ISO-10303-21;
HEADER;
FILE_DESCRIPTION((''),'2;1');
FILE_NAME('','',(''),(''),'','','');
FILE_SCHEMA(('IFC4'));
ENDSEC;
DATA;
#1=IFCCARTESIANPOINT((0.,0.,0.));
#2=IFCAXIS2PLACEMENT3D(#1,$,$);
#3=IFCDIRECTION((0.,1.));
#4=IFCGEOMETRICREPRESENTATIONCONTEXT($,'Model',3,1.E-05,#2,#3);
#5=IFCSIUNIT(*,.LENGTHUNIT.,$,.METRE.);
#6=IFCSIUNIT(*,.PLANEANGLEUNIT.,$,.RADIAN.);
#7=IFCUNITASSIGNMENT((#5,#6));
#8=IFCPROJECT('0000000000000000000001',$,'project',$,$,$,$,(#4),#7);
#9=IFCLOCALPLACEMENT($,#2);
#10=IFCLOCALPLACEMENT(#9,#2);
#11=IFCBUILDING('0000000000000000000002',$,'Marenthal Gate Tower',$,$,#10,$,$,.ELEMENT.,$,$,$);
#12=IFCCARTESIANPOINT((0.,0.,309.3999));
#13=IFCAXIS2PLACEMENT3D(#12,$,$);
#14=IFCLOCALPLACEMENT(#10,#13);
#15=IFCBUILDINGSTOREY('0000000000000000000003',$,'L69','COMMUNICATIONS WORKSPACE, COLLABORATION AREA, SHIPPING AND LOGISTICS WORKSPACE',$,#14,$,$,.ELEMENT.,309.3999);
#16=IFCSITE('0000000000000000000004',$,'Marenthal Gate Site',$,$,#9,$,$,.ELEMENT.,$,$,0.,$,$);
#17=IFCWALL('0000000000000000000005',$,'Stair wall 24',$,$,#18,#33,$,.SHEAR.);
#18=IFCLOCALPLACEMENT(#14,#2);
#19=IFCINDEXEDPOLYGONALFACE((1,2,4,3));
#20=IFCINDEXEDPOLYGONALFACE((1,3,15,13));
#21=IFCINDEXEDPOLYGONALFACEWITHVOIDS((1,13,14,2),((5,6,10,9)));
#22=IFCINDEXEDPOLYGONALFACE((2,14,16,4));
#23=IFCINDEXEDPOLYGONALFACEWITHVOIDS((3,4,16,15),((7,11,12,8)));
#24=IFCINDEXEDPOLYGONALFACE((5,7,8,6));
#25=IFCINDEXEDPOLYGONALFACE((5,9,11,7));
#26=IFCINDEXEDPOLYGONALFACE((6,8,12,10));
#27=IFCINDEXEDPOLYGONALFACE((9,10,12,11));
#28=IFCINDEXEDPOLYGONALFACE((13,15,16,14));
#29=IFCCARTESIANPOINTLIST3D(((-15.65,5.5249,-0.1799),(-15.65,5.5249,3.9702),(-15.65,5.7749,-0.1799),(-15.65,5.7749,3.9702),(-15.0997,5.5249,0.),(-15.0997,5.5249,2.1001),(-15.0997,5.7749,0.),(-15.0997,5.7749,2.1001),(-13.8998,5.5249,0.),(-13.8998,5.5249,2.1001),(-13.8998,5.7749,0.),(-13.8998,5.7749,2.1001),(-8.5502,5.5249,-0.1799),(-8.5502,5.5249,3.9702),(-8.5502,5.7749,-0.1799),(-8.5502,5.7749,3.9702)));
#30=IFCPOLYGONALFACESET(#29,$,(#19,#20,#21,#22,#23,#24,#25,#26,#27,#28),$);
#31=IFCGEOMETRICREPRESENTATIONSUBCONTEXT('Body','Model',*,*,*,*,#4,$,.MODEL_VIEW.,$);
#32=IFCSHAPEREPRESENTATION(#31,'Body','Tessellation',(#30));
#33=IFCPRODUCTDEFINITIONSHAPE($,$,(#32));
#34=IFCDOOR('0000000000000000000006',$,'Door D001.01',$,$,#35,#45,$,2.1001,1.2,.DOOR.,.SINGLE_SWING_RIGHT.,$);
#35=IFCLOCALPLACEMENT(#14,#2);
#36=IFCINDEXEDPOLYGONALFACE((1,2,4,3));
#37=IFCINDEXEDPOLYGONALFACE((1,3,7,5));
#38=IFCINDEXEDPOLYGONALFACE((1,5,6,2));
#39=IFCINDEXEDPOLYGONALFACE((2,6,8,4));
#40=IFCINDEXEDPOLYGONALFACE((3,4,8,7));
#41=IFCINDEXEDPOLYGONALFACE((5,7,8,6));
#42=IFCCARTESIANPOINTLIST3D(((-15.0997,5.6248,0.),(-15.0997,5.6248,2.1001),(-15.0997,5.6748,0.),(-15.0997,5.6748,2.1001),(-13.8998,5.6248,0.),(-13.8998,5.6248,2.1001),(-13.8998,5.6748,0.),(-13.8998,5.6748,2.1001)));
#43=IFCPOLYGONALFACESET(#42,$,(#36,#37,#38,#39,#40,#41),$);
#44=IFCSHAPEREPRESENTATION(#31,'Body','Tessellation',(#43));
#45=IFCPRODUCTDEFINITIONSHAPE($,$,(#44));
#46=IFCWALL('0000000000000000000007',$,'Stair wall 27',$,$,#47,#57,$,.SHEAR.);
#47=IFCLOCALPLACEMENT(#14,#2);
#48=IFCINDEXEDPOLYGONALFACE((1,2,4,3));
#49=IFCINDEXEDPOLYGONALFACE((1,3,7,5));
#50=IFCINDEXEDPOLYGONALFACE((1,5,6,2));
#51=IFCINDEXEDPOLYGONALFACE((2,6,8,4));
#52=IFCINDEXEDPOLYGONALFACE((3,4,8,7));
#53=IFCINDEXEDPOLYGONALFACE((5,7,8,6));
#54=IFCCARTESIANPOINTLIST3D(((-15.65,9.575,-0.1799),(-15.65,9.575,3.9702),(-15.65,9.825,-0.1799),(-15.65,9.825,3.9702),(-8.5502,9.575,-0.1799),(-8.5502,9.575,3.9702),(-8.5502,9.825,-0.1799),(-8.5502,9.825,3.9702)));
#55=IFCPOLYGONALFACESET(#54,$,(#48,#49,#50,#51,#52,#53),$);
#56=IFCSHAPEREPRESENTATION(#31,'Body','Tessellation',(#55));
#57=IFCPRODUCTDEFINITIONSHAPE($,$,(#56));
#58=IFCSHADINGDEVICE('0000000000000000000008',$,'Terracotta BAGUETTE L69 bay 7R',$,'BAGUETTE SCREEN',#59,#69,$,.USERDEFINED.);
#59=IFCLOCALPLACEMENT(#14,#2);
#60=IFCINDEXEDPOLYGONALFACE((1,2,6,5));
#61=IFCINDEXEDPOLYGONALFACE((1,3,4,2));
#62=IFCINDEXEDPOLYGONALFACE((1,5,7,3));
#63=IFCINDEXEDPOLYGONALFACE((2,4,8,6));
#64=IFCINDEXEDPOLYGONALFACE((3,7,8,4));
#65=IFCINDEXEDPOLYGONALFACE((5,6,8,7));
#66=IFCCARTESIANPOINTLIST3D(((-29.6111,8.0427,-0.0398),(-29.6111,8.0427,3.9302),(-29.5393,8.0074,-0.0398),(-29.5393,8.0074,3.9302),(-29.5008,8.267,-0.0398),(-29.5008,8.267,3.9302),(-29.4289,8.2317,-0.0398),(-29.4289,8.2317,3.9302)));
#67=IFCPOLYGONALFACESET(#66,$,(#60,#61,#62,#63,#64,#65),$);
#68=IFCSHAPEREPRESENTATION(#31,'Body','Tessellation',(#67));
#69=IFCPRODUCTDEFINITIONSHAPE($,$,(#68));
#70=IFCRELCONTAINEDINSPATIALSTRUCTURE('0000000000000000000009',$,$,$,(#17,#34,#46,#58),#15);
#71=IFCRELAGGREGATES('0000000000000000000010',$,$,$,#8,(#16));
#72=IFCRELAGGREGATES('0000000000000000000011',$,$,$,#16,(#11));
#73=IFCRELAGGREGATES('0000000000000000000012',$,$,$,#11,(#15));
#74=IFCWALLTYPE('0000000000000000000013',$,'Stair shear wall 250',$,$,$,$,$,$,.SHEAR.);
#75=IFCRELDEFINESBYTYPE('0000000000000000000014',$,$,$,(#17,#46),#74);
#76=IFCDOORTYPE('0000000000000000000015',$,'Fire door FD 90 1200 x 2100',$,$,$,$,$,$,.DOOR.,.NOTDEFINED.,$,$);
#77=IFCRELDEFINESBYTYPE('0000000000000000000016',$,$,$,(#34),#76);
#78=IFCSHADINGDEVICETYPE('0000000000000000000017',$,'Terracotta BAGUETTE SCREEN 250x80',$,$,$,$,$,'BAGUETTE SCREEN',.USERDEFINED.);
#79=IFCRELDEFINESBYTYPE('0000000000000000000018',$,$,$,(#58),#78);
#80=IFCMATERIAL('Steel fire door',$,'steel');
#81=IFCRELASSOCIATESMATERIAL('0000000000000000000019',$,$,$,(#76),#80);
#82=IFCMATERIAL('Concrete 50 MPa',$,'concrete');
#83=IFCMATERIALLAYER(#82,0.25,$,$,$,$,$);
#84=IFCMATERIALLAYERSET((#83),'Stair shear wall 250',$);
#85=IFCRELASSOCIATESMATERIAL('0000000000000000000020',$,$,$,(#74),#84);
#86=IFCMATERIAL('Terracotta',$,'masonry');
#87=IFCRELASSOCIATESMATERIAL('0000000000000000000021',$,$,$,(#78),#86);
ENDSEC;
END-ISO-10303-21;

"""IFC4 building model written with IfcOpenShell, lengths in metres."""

from ifc_helpers import new_model, si_unit, direction, frame, frame_2d, origin, origin_2d, place, context, subcontext, project, spatial, rectangle, extrude, material, layer, layer_set, material_profile, profile_set, type_object, element, fill, save


model = new_model("IFC4")

# Units and contexts
model_context = context("Model", 3, precision=1e-05, world=origin(), true_north=direction((0.0, 1.0)))
body_context = subcontext(model_context, "Body", "Model", "MODEL_VIEW")
ifc_project = project(units=[si_unit("LENGTHUNIT", "METRE"), si_unit("PLANEANGLEUNIT", "RADIAN")], contexts=[model_context])

# Site, building, storey
site_placement = place(None, origin())
site = spatial("IfcSite", under=ifc_project, at=site_placement, Name="Marenthal Gate Site", CompositionType="ELEMENT", RefElevation=0.0)
building_placement = place(site_placement, origin())
building = spatial("IfcBuilding", under=site, at=building_placement, Name="Marenthal Gate Tower", CompositionType="ELEMENT")
storey_placement = place(building_placement, frame((0.0, 0.0, 309.3999)))
storey = spatial("IfcBuildingStorey", under=building, at=storey_placement, Name="L69", Description="COMMUNICATIONS WORKSPACE, COLLABORATION AREA, SHIPPING AND LOGISTICS WORKSPACE", CompositionType="ELEMENT", Elevation=309.3999)

# Shared definitions
ifc_material_1 = material(Name="Steel fire door", Category="steel")
door_type_1 = type_object("IfcDoorType", Name="Fire door FD 90 1200 x 2100", OperationType="NOTDEFINED", PredefinedType="DOOR", material=ifc_material_1)

# Wall, opening, door
ifc_material_2 = material(Name="Concrete 50 MPa", Category="concrete")
ifc_layer_1 = layer(ifc_material_2, 0.25)
ifc_layer_set_1 = layer_set([ifc_layer_1], Name="Stair shear wall 250")
wall_type_1 = type_object("IfcWallType", Name="Stair shear wall 250", PredefinedType="SHEAR", material=ifc_layer_set_1)
wall_1_placement = place(storey_placement, frame((-15.6499, 5.6499, -0.1799), z_axis=(0.0, 0.0, 1.0), x_axis=(1.0, 0.0, 0.0)))
wall_1 = element("IfcWall", 1, at=wall_1_placement, inside=storey, type_object=wall_type_1, Name="Stair wall 24", PredefinedType="SHEAR", context=body_context, shape_type="SweptSolid", body=[
    extrude(rectangle(XDim=7.0999, YDim=0.25, at=frame_2d((3.5498, 0.0))), origin(), (0.0, 0.0, 1.0), 4.1501),
])
opening_1_placement = place(wall_1_placement, frame((0.55, 0.0, 0.1799)))
opening_1 = element("IfcOpeningElement", 2, at=opening_1_placement, cuts=wall_1, PredefinedType="OPENING", context=body_context, shape_type="SweptSolid", body=[
    extrude(rectangle(XDim=1.2, YDim=2.1001, at=frame_2d((0.6001, 1.05))), frame((0.0, 0.135, 0.0), z_axis=(0.0, -1.0, 0.0), x_axis=(1.0, 0.0, 0.0)), (0.0, 0.0, 1.0), 0.27),
])
door_1_placement = place(opening_1_placement, origin())
door_1 = element("IfcDoor", 3, at=door_1_placement, inside=storey, type_object=door_type_1, Name="Door D001.01", OperationType="SINGLE_SWING_RIGHT", OverallHeight=2.1001, OverallWidth=1.2, PredefinedType="DOOR", context=body_context, shape_type="SweptSolid", body=[
    extrude(rectangle(XDim=1.2, YDim=2.1001, at=frame_2d((0.6001, 1.05))), frame((0.0, 0.0249, 0.0), z_axis=(0.0, -1.0, 0.0), x_axis=(1.0, 0.0, 0.0)), (0.0, 0.0, 1.0), 0.05),
])
fill(opening_1, door_1)

# Wall
wall_2_placement = place(storey_placement, frame((-15.6499, 9.7, -0.1799), z_axis=(0.0, 0.0, 1.0), x_axis=(1.0, 0.0, 0.0)))
element("IfcWall", 4, at=wall_2_placement, inside=storey, type_object=wall_type_1, Name="Stair wall 27", PredefinedType="SHEAR", context=body_context, shape_type="SweptSolid", body=[
    extrude(rectangle(XDim=7.0999, YDim=0.25, at=frame_2d((3.5498, 0.0))), origin(), (0.0, 0.0, 1.0), 4.1501),
])

# Shading device
ifc_material_3 = material(Name="Terracotta", Category="masonry")
ifc_material_profile_1 = material_profile(ifc_material_3, rectangle(XDim=0.25, YDim=0.0801, at=origin_2d()), Name="Terracotta baguette 250x80")
ifc_profile_set_1 = profile_set([ifc_material_profile_1], Name="Terracotta")
shading_device_type = type_object("IfcShadingDeviceType", Name="Terracotta BAGUETTE SCREEN 250x80", ElementType="BAGUETTE SCREEN", PredefinedType="USERDEFINED", material=ifc_profile_set_1)
shading_device_placement = place(storey_placement, frame((-29.52, 8.1372, -0.0398), z_axis=(0.0, 0.0, 1.0), x_axis=(-0.441518, -0.897253, 0.0)))
element("IfcShadingDevice", 5, at=shading_device_placement, inside=storey, type_object=shading_device_type, Name="Terracotta BAGUETTE L69 bay 7R", ObjectType="BAGUETTE SCREEN", PredefinedType="USERDEFINED", context=body_context, shape_type="SweptSolid", body=[
    extrude(rectangle(XDim=0.25, YDim=0.0801, at=origin_2d()), origin(), (0.0, 0.0, 1.0), 3.97),
])

save(model, "model.ifc")
